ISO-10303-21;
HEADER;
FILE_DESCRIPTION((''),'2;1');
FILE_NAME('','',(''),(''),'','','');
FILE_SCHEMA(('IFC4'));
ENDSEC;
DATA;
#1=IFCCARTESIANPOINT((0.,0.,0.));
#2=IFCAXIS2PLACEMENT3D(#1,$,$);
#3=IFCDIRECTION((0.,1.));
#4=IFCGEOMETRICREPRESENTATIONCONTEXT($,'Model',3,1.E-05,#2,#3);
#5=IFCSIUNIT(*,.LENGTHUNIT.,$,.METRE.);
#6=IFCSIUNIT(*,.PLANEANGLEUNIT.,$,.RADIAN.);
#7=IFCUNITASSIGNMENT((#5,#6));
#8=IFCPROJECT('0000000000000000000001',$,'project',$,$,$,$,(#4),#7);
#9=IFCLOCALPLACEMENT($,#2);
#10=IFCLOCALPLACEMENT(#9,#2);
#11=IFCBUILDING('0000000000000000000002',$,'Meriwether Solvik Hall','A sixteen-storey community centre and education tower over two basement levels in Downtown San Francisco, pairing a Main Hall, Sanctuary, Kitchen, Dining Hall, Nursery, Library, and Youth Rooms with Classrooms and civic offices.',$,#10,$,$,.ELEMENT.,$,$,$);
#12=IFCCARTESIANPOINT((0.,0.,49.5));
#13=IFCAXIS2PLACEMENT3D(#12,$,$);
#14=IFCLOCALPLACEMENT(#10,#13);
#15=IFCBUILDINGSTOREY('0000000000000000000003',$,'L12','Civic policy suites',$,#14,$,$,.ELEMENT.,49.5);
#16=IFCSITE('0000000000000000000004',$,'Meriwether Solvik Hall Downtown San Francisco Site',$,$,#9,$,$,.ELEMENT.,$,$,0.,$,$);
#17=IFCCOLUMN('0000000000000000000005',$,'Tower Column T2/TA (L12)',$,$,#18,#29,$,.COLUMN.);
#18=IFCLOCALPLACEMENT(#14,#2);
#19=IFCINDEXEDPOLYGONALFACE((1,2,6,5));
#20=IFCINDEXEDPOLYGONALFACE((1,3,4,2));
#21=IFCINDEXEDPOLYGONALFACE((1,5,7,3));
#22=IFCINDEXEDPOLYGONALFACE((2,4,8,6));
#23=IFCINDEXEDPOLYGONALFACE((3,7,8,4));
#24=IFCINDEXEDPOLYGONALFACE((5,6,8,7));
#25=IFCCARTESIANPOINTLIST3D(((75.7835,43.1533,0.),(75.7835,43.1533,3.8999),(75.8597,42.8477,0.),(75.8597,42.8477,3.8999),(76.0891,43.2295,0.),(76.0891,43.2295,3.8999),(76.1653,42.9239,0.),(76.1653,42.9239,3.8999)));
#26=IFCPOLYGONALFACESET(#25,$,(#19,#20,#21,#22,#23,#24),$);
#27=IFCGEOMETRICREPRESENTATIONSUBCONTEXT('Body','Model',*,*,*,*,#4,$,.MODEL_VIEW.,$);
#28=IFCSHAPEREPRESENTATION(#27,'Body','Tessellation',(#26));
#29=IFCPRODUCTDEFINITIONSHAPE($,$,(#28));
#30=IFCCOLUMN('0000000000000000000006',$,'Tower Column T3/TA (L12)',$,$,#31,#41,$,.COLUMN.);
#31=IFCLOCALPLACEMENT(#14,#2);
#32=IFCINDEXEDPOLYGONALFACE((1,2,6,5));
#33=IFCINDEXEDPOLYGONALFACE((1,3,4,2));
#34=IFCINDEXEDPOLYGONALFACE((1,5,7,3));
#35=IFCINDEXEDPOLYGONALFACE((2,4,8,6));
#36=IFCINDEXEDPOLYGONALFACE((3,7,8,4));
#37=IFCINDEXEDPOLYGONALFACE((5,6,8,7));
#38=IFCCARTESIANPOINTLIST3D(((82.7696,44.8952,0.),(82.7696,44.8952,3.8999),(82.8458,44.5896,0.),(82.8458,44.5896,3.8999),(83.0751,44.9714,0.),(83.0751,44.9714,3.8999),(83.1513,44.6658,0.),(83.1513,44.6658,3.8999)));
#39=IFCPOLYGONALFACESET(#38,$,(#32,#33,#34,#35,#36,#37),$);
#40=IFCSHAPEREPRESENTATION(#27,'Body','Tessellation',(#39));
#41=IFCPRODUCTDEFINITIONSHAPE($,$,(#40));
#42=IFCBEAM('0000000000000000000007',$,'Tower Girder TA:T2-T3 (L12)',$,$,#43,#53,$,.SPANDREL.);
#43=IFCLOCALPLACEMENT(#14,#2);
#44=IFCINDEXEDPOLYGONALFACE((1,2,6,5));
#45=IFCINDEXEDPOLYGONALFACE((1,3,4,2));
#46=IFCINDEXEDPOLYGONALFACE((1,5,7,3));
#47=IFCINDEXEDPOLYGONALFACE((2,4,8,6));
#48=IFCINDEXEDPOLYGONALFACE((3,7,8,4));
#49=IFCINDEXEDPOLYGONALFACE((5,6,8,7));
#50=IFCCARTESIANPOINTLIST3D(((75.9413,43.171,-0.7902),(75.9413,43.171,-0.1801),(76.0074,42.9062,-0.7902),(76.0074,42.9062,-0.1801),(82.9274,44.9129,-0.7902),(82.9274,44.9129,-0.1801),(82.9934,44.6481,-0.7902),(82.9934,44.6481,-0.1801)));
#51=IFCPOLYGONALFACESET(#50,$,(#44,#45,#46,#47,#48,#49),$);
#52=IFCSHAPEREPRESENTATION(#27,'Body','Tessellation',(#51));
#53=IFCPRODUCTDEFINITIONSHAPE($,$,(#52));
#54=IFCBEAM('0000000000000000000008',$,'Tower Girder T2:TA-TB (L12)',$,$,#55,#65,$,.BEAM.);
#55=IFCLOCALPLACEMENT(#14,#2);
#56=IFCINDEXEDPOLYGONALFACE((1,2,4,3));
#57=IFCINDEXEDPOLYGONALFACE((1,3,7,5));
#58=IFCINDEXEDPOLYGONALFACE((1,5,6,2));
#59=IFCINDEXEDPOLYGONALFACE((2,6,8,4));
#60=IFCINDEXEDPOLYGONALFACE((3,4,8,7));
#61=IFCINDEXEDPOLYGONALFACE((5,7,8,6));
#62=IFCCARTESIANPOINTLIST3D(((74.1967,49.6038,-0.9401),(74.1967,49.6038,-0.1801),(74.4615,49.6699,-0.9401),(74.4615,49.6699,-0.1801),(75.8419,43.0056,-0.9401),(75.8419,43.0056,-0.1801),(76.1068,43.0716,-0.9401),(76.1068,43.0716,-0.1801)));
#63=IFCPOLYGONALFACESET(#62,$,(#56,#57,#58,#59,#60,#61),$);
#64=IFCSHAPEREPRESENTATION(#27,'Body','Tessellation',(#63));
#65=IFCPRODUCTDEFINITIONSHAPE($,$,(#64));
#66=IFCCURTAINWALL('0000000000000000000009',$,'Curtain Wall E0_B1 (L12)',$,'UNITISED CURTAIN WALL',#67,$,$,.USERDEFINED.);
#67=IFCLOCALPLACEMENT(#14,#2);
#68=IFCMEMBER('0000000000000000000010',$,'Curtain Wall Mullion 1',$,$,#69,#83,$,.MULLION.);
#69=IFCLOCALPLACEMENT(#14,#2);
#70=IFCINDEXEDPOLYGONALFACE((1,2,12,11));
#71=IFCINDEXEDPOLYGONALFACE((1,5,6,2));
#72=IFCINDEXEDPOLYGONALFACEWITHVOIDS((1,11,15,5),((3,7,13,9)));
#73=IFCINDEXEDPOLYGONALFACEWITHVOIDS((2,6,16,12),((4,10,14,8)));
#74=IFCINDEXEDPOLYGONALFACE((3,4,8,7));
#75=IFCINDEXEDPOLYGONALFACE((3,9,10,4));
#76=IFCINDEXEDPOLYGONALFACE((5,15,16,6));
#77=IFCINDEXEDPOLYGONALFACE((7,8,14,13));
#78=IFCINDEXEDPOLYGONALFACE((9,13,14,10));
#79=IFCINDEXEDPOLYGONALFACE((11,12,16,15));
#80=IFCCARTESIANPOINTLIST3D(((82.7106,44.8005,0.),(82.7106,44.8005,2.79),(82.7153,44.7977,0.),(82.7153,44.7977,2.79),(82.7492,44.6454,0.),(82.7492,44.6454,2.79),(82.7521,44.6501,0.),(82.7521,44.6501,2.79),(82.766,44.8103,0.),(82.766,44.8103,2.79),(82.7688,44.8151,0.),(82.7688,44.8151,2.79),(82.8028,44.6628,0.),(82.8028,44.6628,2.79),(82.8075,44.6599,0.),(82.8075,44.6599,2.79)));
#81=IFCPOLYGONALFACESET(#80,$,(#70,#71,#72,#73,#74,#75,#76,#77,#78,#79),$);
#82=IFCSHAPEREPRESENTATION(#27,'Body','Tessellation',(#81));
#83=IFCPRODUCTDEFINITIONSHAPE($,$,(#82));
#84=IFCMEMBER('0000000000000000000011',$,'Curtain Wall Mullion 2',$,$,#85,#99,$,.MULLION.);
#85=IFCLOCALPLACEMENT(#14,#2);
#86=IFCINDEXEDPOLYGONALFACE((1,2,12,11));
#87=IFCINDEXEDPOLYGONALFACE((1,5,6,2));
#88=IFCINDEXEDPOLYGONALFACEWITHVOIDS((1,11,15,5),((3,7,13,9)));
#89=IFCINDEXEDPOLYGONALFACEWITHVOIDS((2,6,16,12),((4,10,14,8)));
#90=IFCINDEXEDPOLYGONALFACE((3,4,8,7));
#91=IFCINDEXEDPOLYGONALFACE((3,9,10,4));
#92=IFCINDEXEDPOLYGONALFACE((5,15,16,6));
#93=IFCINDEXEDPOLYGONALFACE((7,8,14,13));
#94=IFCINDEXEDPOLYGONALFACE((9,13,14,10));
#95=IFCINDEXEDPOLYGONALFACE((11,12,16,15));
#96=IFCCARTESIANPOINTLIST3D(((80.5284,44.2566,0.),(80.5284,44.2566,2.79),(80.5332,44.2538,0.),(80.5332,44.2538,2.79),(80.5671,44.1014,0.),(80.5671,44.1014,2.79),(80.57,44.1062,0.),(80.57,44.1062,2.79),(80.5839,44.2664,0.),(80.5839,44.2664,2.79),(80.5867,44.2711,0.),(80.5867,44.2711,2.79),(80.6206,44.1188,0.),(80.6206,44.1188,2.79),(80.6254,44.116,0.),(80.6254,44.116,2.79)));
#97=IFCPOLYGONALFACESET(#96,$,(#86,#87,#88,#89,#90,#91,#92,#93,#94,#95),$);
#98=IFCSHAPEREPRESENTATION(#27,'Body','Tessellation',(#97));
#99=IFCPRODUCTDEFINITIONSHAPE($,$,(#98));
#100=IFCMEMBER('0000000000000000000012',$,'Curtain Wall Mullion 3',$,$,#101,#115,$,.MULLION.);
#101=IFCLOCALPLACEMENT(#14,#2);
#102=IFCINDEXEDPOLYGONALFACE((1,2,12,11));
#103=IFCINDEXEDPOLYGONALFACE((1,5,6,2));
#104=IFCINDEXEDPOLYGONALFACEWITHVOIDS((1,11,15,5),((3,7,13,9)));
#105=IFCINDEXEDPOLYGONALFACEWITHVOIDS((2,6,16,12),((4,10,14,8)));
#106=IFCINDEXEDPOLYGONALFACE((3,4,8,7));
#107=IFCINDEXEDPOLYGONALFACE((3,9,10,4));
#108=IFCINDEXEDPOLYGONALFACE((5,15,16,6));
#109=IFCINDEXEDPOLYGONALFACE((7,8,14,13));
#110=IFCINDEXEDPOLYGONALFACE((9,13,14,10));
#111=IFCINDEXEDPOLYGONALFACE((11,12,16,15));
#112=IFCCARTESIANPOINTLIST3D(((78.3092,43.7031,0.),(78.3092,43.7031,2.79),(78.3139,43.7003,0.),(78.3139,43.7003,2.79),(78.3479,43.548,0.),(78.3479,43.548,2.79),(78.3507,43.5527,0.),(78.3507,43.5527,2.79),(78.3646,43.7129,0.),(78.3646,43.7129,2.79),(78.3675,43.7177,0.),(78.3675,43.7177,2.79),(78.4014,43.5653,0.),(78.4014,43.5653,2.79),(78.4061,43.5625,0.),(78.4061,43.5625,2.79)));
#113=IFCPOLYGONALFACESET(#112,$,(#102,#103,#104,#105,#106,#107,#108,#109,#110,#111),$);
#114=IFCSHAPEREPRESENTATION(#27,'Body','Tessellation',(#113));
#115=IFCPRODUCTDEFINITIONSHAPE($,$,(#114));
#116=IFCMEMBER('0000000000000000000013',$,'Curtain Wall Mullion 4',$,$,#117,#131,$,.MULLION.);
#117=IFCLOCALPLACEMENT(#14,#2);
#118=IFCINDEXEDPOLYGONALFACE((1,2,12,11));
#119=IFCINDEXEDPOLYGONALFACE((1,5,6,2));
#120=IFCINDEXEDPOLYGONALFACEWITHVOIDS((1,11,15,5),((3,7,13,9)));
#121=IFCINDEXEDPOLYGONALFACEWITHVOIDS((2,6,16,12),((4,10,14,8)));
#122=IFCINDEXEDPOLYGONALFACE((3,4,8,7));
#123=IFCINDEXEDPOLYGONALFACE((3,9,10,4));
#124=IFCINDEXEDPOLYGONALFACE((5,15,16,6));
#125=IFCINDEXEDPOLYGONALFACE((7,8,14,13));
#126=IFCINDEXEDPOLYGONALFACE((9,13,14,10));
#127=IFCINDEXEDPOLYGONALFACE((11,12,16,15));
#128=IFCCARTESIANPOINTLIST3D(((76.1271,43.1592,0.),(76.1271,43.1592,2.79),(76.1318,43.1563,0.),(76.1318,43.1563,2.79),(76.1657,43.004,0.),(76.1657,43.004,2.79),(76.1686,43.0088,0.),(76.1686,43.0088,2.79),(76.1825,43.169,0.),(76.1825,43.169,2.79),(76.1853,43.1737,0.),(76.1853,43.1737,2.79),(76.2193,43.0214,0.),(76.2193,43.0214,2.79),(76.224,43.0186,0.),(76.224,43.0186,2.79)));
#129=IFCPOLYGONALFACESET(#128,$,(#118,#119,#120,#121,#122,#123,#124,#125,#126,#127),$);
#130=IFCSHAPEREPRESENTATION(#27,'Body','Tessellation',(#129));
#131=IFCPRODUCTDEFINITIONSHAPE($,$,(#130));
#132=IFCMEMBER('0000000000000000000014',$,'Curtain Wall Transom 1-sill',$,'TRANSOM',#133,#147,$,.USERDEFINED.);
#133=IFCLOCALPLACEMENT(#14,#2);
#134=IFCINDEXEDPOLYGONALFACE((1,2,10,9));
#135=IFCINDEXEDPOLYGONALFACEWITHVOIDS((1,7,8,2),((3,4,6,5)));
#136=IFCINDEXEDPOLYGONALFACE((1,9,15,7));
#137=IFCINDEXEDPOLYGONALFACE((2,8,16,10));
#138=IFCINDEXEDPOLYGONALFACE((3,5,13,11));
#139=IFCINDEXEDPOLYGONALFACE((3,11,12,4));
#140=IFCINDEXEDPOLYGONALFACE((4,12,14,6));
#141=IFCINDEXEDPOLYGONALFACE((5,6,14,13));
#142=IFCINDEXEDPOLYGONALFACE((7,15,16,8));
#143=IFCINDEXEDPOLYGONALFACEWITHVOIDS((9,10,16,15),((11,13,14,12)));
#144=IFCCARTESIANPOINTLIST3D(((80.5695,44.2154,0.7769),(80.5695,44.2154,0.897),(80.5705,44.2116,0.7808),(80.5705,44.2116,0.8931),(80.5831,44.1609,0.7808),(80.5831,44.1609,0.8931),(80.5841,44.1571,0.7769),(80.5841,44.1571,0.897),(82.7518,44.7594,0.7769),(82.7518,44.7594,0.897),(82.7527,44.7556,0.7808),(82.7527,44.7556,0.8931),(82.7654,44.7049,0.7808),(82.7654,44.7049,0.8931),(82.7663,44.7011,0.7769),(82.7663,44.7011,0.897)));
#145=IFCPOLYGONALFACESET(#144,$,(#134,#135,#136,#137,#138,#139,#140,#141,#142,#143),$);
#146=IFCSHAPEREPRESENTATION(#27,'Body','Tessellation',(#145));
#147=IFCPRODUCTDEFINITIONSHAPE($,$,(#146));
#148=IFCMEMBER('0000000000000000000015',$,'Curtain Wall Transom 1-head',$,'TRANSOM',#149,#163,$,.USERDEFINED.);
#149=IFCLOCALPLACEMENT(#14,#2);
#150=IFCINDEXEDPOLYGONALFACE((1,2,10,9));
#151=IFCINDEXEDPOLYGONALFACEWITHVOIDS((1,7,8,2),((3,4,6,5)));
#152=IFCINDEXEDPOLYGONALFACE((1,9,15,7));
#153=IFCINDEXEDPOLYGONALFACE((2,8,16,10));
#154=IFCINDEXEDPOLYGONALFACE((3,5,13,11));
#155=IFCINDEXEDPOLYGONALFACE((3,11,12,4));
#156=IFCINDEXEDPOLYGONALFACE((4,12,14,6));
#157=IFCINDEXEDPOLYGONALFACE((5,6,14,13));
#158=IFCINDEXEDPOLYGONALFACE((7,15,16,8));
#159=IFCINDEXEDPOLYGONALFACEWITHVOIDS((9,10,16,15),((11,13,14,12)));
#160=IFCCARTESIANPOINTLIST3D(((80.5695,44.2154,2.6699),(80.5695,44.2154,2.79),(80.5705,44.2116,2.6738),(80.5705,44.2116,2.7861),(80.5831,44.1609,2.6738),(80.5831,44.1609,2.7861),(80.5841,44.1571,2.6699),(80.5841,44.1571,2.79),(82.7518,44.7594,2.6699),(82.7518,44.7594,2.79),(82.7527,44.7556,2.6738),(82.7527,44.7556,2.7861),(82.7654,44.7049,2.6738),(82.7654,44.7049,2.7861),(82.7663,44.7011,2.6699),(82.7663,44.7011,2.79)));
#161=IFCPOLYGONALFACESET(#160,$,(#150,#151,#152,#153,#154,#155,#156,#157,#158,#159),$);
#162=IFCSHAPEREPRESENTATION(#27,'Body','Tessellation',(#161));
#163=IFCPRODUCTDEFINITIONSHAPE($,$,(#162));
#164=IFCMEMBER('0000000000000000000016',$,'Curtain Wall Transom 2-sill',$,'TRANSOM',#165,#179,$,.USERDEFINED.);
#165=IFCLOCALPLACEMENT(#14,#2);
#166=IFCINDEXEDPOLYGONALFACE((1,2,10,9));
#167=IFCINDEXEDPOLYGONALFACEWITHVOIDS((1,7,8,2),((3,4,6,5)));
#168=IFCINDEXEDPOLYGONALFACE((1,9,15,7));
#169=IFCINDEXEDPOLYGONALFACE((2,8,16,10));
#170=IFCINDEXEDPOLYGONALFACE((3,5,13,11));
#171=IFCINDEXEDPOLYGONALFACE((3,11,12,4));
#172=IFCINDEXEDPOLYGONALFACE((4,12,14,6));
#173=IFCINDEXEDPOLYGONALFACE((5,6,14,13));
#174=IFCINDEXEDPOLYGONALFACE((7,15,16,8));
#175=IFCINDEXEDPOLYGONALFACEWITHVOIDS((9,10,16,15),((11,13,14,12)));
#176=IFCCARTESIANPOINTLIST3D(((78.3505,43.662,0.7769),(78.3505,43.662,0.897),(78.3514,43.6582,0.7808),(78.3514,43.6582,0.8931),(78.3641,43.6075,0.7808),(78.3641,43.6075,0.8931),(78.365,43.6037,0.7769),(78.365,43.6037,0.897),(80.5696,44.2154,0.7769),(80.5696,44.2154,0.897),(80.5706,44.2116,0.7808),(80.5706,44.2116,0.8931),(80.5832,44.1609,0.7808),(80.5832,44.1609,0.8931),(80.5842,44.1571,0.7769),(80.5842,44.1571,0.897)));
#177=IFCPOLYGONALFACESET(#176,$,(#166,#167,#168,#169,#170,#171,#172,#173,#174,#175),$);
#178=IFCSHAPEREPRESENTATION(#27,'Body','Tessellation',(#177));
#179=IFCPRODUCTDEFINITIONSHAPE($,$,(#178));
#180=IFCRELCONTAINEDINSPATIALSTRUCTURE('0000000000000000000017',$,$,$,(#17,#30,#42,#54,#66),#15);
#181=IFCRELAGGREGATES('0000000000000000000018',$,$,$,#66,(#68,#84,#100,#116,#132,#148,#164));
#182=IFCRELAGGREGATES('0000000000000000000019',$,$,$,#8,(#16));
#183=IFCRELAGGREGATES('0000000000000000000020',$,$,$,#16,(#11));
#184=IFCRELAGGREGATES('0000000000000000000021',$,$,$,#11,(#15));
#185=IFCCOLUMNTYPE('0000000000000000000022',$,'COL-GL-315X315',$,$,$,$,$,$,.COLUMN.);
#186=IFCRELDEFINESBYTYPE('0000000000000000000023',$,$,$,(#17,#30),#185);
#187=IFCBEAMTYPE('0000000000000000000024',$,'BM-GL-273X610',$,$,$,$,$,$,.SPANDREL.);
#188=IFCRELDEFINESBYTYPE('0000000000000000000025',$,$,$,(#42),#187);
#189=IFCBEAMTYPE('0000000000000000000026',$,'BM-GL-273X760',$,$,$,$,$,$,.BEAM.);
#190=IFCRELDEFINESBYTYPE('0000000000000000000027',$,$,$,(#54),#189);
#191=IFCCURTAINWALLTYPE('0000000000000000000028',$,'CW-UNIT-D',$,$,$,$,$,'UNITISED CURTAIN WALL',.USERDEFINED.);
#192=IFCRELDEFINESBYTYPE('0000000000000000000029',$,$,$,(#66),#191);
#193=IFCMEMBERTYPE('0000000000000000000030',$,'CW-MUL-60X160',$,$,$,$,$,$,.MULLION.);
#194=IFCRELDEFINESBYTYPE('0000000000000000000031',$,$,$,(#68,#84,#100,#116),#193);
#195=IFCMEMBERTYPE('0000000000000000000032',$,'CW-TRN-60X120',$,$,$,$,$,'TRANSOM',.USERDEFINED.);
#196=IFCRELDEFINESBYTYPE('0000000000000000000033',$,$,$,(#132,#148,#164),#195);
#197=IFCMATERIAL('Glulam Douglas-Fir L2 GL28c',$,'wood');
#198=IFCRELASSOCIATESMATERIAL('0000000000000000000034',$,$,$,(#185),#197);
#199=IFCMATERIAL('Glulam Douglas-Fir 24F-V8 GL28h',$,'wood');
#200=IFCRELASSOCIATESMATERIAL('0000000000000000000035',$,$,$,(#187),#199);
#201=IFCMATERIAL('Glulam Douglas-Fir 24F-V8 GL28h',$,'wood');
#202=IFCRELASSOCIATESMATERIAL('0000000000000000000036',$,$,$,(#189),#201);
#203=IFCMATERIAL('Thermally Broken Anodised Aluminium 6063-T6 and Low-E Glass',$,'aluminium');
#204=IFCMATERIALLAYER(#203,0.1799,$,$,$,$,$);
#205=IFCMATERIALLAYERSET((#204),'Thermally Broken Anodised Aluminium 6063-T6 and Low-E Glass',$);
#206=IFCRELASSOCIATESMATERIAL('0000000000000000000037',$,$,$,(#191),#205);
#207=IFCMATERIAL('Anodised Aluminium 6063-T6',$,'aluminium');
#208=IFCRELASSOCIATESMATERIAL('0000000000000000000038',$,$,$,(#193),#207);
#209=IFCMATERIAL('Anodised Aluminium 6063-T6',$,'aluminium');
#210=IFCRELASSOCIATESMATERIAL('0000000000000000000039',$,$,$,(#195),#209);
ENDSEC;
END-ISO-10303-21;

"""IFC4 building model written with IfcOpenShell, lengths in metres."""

from ifc_helpers import new_model, si_unit, direction, frame, origin, origin_2d, place, context, subcontext, project, spatial, rectangle, hollow_rectangle, extrude, material, layer, layer_set, material_profile, profile_set, type_object, element, aggregate, save


model = new_model("IFC4")

# Units and contexts
model_context = context("Model", 3, precision=1e-05, world=origin(), true_north=direction((0.0, 1.0)))
body_context = subcontext(model_context, "Body", "Model", "MODEL_VIEW")
ifc_project = project(units=[si_unit("LENGTHUNIT", "METRE"), si_unit("PLANEANGLEUNIT", "RADIAN")], contexts=[model_context])

# Site, building, storey
site_placement = place(None, origin())
site = spatial("IfcSite", under=ifc_project, at=site_placement, Name="Meriwether Solvik Hall Downtown San Francisco Site", CompositionType="ELEMENT", RefElevation=0.0)
building_placement = place(site_placement, origin())
building = spatial("IfcBuilding", under=site, at=building_placement, Name="Meriwether Solvik Hall", Description="A sixteen-storey community centre and education tower over two basement levels in Downtown San Francisco, pairing a Main Hall, Sanctuary, Kitchen, Dining Hall, Nursery, Library, and Youth Rooms with Classrooms and civic offices.", CompositionType="ELEMENT")
storey_placement = place(building_placement, frame((0.0, 0.0, 49.5)))
storey = spatial("IfcBuildingStorey", under=building, at=storey_placement, Name="L12", Description="Civic policy suites", CompositionType="ELEMENT", Elevation=49.5)

# Columns
ifc_material_1 = material(Name="Glulam Douglas-Fir L2 GL28c", Category="wood")
ifc_material_profile_1 = material_profile(ifc_material_1, rectangle(XDim=0.3149, YDim=0.3149, at=origin_2d()), Name="GLC-315X315")
ifc_profile_set_1 = profile_set([ifc_material_profile_1], Name="Glulam Douglas-Fir L2 GL28c")
column_type = type_object("IfcColumnType", Name="COL-GL-315X315", PredefinedType="COLUMN", material=ifc_profile_set_1)
for number, where, z_axis, x_axis, name in (
    (1, (75.9744, 43.0386, 0.0), (0.0, 0.0, 1.0), (0.970296, 0.241922, 0.0), "Tower Column T2/TA (L12)"),
    (2, (82.9604, 44.7805, 0.0), (0.0, 0.0, 1.0), (0.970296, 0.241922, 0.0), "Tower Column T3/TA (L12)"),
):
    element("IfcColumn", number, at=place(storey_placement, frame(where, z_axis=z_axis, x_axis=x_axis)), inside=storey, type_object=column_type, Name=name, PredefinedType="COLUMN", context=body_context, shape_type="SweptSolid", body=[
        extrude(rectangle(XDim=0.3149, YDim=0.3149, at=origin_2d()), origin(), (0.0, 0.0, 1.0), 3.8999),
    ])

# Beams
ifc_material_2 = material(Name="Glulam Douglas-Fir 24F-V8 GL28h", Category="wood")
ifc_material_profile_2 = material_profile(ifc_material_2, rectangle(XDim=0.2729, YDim=0.6101, at=origin_2d()), Name="GLB-273X610")
ifc_profile_set_2 = profile_set([ifc_material_profile_2], Name="Glulam Douglas-Fir 24F-V8 GL28h")
beam_type_1 = type_object("IfcBeamType", Name="BM-GL-273X610", PredefinedType="SPANDREL", material=ifc_profile_set_2)
beam_1_placement = place(storey_placement, frame((75.9744, 43.0386, -0.4851), z_axis=(0.970292, 0.241937, 0.0), x_axis=(-0.241937, 0.970292, 0.0)))
element("IfcBeam", 3, at=beam_1_placement, inside=storey, type_object=beam_type_1, Name="Tower Girder TA:T2-T3 (L12)", PredefinedType="SPANDREL", context=body_context, shape_type="SweptSolid", body=[
    extrude(rectangle(XDim=0.2729, YDim=0.6101, at=origin_2d()), origin(), (0.0, 0.0, 1.0), 7.2),
])
ifc_material_3 = material(Name="Glulam Douglas-Fir 24F-V8 GL28h", Category="wood")
ifc_material_profile_3 = material_profile(ifc_material_3, rectangle(XDim=0.2729, YDim=0.76, at=origin_2d()), Name="GLB-273X760")
ifc_profile_set_3 = profile_set([ifc_material_profile_3], Name="Glulam Douglas-Fir 24F-V8 GL28h")
beam_type_2 = type_object("IfcBeamType", Name="BM-GL-273X760", PredefinedType="BEAM", material=ifc_profile_set_3)
beam_2_placement = place(storey_placement, frame((75.9744, 43.0386, -0.5601), z_axis=(-0.241944, 0.97029, 0.0), x_axis=(-0.97029, -0.241944, 0.0)))
element("IfcBeam", 4, at=beam_2_placement, inside=storey, type_object=beam_type_2, Name="Tower Girder T2:TA-TB (L12)", PredefinedType="BEAM", context=body_context, shape_type="SweptSolid", body=[
    extrude(rectangle(XDim=0.2729, YDim=0.76, at=origin_2d()), origin(), (0.0, 0.0, 1.0), 6.8003),
])

# Curtain wall, members
ifc_material_4 = material(Name="Thermally Broken Anodised Aluminium 6063-T6 and Low-E Glass", Category="aluminium")
ifc_layer_1 = layer(ifc_material_4, 0.1799)
ifc_layer_set_1 = layer_set([ifc_layer_1], Name="Thermally Broken Anodised Aluminium 6063-T6 and Low-E Glass")
curtain_wall_type = type_object("IfcCurtainWallType", Name="CW-UNIT-D", ElementType="UNITISED CURTAIN WALL", PredefinedType="USERDEFINED", material=ifc_layer_set_1)
curtain_wall_placement = place(storey_placement, origin())
curtain_wall = element("IfcCurtainWall", 5, at=curtain_wall_placement, inside=storey, type_object=curtain_wall_type, Name="Curtain Wall E0_B1 (L12)", ObjectType="UNITISED CURTAIN WALL", PredefinedType="USERDEFINED")
ifc_material_5 = material(Name="Anodised Aluminium 6063-T6", Category="aluminium")
ifc_material_profile_4 = material_profile(ifc_material_5, hollow_rectangle(XDim=0.0601, YDim=0.1599, WallThickness=0.0039, at=origin_2d()), Name="CWM-60X160")
ifc_profile_set_4 = profile_set([ifc_material_profile_4], Name="Anodised Aluminium 6063-T6")
member_type_1 = type_object("IfcMemberType", Name="CW-MUL-60X160", PredefinedType="MULLION", material=ifc_profile_set_4)
member_1_placement = place(storey_placement, frame((82.759, 44.7302, 0.0), z_axis=(0.0, 0.0, 1.0), x_axis=(-0.970296, -0.241922, 0.0)))
member_1 = element("IfcMember", 6, at=member_1_placement, type_object=member_type_1, Name="Curtain Wall Mullion 1", PredefinedType="MULLION", context=body_context, shape_type="SweptSolid", body=[
    extrude(hollow_rectangle(XDim=0.0601, YDim=0.1599, WallThickness=0.0039, at=origin_2d()), origin(), (0.0, 0.0, 1.0), 2.79),
])
member_2_placement = place(storey_placement, frame((80.5769, 44.1863, 0.0), z_axis=(0.0, 0.0, 1.0), x_axis=(-0.970296, -0.241922, 0.0)))
member_2 = element("IfcMember", 7, at=member_2_placement, type_object=member_type_1, Name="Curtain Wall Mullion 2", PredefinedType="MULLION", context=body_context, shape_type="SweptSolid", body=[
    extrude(hollow_rectangle(XDim=0.0601, YDim=0.1599, WallThickness=0.0039, at=origin_2d()), origin(), (0.0, 0.0, 1.0), 2.79),
])
member_3_placement = place(storey_placement, frame((78.3577, 43.6328, 0.0), z_axis=(0.0, 0.0, 1.0), x_axis=(-0.970296, -0.241922, 0.0)))
member_3 = element("IfcMember", 8, at=member_3_placement, type_object=member_type_1, Name="Curtain Wall Mullion 3", PredefinedType="MULLION", context=body_context, shape_type="SweptSolid", body=[
    extrude(hollow_rectangle(XDim=0.0601, YDim=0.1599, WallThickness=0.0039, at=origin_2d()), origin(), (0.0, 0.0, 1.0), 2.79),
])
member_4_placement = place(storey_placement, frame((76.1755, 43.0889, 0.0), z_axis=(0.0, 0.0, 1.0), x_axis=(-0.970296, -0.241922, 0.0)))
member_4 = element("IfcMember", 9, at=member_4_placement, type_object=member_type_1, Name="Curtain Wall Mullion 4", PredefinedType="MULLION", context=body_context, shape_type="SweptSolid", body=[
    extrude(hollow_rectangle(XDim=0.0601, YDim=0.1599, WallThickness=0.0039, at=origin_2d()), origin(), (0.0, 0.0, 1.0), 2.79),
])
ifc_material_6 = material(Name="Anodised Aluminium 6063-T6", Category="aluminium")
ifc_material_profile_5 = material_profile(ifc_material_6, hollow_rectangle(XDim=0.0601, YDim=0.1201, WallThickness=0.0039, at=origin_2d()), Name="CWT-60X120")
ifc_profile_set_5 = profile_set([ifc_material_profile_5], Name="Anodised Aluminium 6063-T6")
member_type_2 = type_object("IfcMemberType", Name="CW-TRN-60X120", ElementType="TRANSOM", PredefinedType="USERDEFINED", material=ifc_profile_set_5)
member_5_placement = place(storey_placement, frame((82.759, 44.7302, 0.8369), z_axis=(-0.970308, -0.241871, 0.0), x_axis=(0.241871, -0.970308, 0.0)))
member_5 = element("IfcMember", 10, at=member_5_placement, type_object=member_type_2, Name="Curtain Wall Transom 1-sill", ObjectType="TRANSOM", PredefinedType="USERDEFINED", context=body_context, shape_type="SweptSolid", body=[
    extrude(hollow_rectangle(XDim=0.0601, YDim=0.1201, WallThickness=0.0039, at=origin_2d()), origin(), (0.0, 0.0, 1.0), 2.249),
])
member_6_placement = place(storey_placement, frame((82.759, 44.7302, 2.73), z_axis=(-0.970308, -0.241871, 0.0), x_axis=(0.241871, -0.970308, 0.0)))
member_6 = element("IfcMember", 11, at=member_6_placement, type_object=member_type_2, Name="Curtain Wall Transom 1-head", ObjectType="TRANSOM", PredefinedType="USERDEFINED", context=body_context, shape_type="SweptSolid", body=[
    extrude(hollow_rectangle(XDim=0.0601, YDim=0.1201, WallThickness=0.0039, at=origin_2d()), origin(), (0.0, 0.0, 1.0), 2.249),
])
member_7_placement = place(storey_placement, frame((80.5769, 44.1863, 0.8369), z_axis=(-0.97028, -0.241983, 0.0), x_axis=(0.241983, -0.97028, 0.0)))
member_7 = element("IfcMember", 12, at=member_7_placement, type_object=member_type_2, Name="Curtain Wall Transom 2-sill", ObjectType="TRANSOM", PredefinedType="USERDEFINED", context=body_context, shape_type="SweptSolid", body=[
    extrude(hollow_rectangle(XDim=0.0601, YDim=0.1201, WallThickness=0.0039, at=origin_2d()), origin(), (0.0, 0.0, 1.0), 2.2871),
])

aggregate(curtain_wall, [member_1, member_2, member_3, member_4, member_5, member_6, member_7])

save(model, "model.ifc")
